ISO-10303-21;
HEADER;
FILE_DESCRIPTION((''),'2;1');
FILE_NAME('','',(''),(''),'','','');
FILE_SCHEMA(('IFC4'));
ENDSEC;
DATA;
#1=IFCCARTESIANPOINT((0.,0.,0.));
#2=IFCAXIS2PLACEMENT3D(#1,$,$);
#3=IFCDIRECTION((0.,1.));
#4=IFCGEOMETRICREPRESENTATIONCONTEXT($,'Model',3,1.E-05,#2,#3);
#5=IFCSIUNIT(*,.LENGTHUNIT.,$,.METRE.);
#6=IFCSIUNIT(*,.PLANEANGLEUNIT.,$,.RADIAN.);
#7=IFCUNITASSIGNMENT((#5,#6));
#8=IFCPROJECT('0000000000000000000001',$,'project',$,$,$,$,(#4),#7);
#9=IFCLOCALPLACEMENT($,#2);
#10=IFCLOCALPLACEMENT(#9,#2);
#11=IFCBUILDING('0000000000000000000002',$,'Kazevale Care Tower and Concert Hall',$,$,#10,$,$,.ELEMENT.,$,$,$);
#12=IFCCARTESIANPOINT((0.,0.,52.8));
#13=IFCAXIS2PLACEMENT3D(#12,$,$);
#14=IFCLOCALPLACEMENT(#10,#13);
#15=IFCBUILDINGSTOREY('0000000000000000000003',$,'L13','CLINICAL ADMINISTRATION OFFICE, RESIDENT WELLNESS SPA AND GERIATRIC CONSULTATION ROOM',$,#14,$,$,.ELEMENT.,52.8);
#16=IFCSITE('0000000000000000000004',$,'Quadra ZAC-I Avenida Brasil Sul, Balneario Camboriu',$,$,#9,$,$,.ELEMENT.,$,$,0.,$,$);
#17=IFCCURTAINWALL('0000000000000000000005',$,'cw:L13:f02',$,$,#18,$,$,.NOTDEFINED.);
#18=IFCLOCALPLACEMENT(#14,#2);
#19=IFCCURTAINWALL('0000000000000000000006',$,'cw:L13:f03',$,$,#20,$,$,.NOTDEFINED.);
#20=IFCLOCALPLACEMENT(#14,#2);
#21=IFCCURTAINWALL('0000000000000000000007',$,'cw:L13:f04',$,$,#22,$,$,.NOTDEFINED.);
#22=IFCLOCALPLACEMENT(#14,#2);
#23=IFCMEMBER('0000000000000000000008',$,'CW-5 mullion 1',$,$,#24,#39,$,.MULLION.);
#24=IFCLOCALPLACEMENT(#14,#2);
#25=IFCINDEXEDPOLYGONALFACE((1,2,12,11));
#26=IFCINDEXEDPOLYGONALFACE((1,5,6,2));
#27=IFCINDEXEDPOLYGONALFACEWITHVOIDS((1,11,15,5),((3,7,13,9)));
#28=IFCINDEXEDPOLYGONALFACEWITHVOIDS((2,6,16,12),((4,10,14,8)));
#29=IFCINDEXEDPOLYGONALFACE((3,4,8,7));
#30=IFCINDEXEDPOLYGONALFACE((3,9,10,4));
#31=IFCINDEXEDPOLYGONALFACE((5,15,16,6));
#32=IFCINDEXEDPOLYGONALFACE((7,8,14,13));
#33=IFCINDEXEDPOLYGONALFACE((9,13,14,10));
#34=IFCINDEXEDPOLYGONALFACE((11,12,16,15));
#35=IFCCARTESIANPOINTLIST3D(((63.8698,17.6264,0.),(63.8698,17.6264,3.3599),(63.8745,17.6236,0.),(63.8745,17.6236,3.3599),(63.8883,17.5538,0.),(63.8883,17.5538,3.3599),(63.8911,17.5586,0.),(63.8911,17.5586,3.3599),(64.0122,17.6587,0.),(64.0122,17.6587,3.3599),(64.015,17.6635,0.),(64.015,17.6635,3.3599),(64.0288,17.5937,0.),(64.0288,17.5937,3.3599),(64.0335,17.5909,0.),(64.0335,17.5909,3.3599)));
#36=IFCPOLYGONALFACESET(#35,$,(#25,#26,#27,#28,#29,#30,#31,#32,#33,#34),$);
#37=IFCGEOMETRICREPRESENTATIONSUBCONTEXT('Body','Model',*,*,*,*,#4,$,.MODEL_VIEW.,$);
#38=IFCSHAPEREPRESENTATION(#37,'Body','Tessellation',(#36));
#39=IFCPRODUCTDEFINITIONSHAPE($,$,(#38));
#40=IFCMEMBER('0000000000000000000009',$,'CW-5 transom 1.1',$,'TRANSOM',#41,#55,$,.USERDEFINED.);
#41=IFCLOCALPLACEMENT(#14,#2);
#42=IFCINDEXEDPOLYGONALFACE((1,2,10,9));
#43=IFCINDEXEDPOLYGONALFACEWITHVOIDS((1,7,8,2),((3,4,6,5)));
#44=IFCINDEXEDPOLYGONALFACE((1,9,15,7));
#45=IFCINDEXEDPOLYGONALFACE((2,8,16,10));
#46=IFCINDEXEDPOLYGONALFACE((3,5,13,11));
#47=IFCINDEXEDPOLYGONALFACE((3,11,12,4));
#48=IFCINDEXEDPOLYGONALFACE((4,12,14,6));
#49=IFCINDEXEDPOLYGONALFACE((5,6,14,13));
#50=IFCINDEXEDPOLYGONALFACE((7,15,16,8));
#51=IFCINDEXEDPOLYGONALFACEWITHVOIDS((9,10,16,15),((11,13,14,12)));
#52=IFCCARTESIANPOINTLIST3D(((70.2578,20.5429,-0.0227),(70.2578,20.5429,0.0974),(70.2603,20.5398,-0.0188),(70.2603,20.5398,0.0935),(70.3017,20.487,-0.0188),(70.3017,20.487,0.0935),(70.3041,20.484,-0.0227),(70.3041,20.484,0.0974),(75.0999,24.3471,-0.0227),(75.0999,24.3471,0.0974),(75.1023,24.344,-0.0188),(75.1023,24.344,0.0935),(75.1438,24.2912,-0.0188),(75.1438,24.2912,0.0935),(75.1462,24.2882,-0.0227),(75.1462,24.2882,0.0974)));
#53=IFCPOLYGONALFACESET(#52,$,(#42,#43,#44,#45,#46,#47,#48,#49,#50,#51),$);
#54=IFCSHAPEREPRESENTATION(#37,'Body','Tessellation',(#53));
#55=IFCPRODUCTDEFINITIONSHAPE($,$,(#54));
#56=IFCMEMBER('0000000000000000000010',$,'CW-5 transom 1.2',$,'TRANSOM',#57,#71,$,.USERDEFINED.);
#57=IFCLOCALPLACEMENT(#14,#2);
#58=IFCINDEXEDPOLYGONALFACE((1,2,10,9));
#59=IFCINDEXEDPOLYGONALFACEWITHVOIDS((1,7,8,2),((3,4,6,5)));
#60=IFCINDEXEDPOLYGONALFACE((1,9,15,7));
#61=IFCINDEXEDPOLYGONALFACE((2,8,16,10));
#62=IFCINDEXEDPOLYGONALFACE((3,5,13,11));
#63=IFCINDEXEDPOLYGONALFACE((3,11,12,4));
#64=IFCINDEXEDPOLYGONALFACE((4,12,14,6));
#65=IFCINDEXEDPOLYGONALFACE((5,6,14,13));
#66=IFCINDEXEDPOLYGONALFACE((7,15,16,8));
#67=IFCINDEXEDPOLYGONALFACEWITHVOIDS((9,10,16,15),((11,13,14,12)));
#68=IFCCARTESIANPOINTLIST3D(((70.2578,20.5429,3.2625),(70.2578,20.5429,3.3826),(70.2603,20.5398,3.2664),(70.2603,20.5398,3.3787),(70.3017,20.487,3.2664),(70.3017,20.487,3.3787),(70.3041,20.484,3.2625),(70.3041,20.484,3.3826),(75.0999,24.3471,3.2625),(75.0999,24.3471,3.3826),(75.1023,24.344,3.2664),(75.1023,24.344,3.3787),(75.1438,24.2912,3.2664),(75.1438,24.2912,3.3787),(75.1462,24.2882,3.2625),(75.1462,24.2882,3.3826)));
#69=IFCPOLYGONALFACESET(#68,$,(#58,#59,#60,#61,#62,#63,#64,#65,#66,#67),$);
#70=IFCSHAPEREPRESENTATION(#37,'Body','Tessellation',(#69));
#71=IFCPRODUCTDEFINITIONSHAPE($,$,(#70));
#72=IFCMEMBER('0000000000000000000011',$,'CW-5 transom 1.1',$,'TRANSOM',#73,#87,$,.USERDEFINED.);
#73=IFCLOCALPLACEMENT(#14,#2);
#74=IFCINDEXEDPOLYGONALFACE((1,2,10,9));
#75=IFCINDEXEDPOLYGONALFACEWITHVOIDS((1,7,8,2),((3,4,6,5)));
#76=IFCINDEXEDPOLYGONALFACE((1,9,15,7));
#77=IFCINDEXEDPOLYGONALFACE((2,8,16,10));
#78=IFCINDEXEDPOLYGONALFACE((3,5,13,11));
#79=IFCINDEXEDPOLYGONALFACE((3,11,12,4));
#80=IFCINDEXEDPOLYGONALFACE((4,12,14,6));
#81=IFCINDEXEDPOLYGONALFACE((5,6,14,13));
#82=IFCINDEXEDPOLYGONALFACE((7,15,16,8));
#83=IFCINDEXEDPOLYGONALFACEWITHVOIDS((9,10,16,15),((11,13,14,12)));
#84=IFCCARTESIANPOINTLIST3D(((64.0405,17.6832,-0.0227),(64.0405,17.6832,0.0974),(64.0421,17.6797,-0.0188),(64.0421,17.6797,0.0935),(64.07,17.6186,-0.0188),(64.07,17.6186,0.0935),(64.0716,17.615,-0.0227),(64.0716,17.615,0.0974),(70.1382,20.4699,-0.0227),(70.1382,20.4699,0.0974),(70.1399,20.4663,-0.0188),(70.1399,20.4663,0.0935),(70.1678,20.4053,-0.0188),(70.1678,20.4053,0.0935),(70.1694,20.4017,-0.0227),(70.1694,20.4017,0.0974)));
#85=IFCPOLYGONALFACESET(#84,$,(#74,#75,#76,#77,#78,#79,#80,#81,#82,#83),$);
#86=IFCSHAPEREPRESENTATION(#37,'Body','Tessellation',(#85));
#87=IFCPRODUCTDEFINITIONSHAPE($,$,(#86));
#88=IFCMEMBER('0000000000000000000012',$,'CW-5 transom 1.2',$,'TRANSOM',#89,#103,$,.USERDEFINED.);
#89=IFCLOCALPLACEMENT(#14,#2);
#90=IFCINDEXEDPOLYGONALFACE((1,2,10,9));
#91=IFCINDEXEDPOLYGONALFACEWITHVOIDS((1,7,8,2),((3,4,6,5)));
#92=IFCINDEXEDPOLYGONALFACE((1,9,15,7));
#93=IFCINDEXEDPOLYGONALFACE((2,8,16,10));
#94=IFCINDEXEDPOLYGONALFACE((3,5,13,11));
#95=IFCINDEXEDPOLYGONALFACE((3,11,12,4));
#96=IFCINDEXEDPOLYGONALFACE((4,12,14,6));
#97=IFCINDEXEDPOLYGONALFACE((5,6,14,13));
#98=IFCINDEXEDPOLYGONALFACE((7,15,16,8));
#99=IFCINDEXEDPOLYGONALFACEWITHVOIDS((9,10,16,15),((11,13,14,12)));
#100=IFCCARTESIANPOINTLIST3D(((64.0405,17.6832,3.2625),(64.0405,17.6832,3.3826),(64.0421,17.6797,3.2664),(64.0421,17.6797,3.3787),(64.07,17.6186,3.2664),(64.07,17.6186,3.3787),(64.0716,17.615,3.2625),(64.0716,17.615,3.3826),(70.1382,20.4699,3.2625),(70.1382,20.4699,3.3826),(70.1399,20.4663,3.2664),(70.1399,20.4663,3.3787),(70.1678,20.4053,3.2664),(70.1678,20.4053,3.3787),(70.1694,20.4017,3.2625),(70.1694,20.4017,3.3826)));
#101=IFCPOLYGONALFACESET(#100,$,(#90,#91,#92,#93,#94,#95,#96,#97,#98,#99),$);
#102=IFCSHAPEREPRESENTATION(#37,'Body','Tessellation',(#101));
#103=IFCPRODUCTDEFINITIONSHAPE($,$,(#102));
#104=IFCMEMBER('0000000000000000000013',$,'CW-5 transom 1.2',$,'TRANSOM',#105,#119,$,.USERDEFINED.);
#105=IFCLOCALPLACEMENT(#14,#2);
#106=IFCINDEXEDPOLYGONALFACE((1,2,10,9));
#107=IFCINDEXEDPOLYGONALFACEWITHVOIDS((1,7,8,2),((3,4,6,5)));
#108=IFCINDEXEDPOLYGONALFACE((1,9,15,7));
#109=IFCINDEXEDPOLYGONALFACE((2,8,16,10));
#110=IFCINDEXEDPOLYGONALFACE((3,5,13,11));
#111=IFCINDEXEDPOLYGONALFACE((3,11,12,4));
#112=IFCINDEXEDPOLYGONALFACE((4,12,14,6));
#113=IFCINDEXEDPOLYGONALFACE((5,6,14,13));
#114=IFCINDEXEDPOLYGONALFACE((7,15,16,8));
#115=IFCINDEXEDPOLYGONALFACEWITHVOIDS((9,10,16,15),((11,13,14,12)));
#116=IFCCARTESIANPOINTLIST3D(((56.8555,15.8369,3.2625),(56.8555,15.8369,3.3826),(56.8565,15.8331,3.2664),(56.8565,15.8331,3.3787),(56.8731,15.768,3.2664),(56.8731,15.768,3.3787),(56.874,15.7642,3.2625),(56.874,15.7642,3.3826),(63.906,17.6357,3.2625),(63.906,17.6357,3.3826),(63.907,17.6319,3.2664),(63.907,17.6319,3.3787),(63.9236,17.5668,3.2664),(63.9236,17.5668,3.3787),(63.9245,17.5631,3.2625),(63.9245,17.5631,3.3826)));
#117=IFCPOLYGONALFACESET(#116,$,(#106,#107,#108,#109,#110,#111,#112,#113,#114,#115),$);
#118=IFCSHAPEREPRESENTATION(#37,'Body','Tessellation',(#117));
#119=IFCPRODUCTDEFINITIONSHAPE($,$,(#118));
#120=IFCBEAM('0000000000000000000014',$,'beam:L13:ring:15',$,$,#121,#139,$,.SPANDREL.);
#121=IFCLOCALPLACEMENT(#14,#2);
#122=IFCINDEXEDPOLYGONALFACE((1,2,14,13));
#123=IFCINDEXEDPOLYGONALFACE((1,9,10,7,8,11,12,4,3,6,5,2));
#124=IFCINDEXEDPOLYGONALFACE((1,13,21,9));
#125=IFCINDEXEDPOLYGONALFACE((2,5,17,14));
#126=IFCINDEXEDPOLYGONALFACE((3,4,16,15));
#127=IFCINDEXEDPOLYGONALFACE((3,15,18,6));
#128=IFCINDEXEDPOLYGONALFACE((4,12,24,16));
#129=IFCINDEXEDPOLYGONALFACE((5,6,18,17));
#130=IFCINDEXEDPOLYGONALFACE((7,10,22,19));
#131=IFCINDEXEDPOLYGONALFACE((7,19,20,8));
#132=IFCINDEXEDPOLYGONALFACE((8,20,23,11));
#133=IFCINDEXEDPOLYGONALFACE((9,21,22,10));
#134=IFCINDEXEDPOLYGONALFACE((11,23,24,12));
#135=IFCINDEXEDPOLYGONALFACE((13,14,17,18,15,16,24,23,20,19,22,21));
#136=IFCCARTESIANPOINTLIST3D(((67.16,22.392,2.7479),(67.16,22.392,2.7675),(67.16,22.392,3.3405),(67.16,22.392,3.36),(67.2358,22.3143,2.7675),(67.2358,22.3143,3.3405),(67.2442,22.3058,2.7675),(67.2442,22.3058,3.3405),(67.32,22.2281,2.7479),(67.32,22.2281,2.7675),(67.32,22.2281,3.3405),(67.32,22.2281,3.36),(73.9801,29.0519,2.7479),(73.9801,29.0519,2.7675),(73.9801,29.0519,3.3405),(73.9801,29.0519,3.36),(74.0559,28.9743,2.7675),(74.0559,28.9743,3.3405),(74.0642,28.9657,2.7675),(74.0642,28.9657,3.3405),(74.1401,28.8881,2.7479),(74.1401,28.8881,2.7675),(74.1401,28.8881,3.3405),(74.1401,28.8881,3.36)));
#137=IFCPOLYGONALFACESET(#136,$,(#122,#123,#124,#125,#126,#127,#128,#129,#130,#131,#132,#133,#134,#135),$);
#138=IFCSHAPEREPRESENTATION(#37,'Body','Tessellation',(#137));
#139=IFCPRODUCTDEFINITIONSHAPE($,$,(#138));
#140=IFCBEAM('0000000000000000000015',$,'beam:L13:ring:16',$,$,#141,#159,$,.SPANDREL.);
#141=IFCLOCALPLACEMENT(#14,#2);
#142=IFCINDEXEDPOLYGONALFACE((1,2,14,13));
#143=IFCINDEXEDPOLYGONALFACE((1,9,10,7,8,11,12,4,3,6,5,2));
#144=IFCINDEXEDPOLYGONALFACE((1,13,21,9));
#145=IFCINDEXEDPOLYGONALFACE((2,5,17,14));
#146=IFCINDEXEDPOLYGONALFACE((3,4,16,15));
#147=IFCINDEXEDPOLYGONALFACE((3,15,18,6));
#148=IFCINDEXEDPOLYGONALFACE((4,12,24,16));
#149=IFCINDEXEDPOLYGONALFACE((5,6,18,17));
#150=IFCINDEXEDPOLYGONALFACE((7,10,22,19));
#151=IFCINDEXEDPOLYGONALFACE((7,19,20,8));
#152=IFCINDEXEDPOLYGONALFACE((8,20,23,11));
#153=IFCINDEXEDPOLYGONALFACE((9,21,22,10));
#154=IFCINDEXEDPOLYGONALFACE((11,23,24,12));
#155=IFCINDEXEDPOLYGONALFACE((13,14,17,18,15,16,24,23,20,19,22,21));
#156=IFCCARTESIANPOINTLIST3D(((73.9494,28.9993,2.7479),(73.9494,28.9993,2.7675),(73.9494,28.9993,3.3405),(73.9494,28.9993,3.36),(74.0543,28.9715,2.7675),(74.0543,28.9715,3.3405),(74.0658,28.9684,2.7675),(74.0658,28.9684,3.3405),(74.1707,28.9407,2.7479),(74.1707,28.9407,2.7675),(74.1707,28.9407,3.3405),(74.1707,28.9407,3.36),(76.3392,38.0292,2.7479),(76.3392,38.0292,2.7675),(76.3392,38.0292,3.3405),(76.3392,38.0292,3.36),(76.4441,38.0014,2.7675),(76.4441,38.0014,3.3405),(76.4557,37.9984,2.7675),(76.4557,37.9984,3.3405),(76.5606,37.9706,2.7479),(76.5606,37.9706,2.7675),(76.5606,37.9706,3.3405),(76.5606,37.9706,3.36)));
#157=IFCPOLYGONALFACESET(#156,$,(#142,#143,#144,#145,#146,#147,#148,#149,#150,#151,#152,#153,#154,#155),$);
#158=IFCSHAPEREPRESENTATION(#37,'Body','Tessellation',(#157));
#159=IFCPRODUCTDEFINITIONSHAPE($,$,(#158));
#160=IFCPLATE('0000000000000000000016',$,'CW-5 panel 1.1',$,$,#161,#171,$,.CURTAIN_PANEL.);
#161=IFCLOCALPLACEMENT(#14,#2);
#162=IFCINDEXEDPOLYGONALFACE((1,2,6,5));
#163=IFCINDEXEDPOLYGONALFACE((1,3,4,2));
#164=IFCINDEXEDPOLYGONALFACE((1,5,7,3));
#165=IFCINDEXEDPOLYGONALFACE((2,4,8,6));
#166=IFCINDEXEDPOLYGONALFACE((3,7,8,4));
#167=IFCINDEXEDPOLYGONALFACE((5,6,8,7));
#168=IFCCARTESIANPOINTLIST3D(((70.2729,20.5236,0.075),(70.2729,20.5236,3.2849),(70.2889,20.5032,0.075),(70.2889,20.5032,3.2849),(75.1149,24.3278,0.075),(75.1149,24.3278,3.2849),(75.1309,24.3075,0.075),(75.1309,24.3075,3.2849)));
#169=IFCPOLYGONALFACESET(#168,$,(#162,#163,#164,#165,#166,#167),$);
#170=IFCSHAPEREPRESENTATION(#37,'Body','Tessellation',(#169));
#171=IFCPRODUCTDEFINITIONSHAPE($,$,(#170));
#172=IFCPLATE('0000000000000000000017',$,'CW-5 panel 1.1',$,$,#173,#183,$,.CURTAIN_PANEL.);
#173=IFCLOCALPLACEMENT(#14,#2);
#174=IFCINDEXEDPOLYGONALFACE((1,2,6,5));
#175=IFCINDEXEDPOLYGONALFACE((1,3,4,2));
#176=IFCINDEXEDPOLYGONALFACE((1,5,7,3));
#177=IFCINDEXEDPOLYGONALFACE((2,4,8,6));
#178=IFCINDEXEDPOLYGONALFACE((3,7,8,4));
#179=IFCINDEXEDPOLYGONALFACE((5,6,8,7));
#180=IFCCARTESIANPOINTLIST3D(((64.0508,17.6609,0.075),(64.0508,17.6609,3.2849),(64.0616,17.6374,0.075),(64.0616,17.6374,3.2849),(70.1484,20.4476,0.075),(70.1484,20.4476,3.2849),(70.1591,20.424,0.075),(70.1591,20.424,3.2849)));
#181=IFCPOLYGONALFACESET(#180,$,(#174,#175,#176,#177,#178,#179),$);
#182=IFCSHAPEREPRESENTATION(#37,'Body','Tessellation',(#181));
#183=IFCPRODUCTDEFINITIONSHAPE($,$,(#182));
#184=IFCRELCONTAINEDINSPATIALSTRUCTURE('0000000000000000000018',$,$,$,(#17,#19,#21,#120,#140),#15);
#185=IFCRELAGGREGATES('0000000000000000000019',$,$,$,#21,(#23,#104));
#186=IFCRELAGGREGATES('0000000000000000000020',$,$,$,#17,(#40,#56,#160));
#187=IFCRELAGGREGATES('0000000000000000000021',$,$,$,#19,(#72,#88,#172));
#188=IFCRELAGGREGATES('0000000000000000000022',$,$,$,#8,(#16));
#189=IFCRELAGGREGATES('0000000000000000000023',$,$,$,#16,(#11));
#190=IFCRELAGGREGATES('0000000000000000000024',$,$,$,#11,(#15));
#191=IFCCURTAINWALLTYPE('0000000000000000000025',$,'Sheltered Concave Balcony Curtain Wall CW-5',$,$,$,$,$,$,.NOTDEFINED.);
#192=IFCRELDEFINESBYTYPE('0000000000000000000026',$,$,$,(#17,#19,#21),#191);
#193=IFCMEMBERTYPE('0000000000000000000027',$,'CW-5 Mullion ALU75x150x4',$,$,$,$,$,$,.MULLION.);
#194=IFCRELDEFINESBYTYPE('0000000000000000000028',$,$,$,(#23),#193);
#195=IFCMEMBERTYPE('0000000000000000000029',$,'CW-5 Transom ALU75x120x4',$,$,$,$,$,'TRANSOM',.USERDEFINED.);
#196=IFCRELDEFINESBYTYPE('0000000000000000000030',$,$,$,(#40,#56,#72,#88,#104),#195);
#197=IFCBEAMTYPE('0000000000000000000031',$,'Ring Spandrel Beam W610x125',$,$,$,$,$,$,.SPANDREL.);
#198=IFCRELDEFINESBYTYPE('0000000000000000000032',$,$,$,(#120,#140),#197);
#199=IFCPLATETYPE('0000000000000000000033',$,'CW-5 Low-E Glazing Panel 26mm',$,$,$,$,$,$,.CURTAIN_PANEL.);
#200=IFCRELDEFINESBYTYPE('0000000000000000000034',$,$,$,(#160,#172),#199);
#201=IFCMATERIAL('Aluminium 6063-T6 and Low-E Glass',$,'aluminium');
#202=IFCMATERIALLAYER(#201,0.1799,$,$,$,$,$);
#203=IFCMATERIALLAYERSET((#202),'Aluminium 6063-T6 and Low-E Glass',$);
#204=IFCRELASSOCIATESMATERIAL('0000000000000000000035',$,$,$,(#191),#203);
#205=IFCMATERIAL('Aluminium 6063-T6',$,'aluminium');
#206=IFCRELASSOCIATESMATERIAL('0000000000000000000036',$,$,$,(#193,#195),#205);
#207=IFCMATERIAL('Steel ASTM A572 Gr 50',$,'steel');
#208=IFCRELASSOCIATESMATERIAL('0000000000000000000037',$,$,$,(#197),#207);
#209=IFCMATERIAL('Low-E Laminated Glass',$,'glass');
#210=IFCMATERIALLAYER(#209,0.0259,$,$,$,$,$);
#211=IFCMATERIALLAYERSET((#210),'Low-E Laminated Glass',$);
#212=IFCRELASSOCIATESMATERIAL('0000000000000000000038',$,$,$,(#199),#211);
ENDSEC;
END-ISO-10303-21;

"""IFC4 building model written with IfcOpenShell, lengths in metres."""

from ifc_helpers import new_model, si_unit, direction, frame, origin, origin_2d, place, context, subcontext, project, spatial, rectangle, hollow_rectangle, i_section, extrude, material, layer, layer_set, material_profile, profile_set, type_object, element, aggregate, save


model = new_model("IFC4")

# Units and contexts
model_context = context("Model", 3, precision=1e-05, world=origin(), true_north=direction((0.0, 1.0)))
body_context = subcontext(model_context, "Body", "Model", "MODEL_VIEW")
ifc_project = project(units=[si_unit("LENGTHUNIT", "METRE"), si_unit("PLANEANGLEUNIT", "RADIAN")], contexts=[model_context])

# Site, building, storey
site_placement = place(None, origin())
site = spatial("IfcSite", under=ifc_project, at=site_placement, Name="Quadra ZAC-I Avenida Brasil Sul, Balneario Camboriu", CompositionType="ELEMENT", RefElevation=0.0)
building_placement = place(site_placement, origin())
building = spatial("IfcBuilding", under=site, at=building_placement, Name="Kazevale Care Tower and Concert Hall", CompositionType="ELEMENT")
storey_placement = place(building_placement, frame((0.0, 0.0, 52.8)))
storey = spatial("IfcBuildingStorey", under=building, at=storey_placement, Name="L13", Description="CLINICAL ADMINISTRATION OFFICE, RESIDENT WELLNESS SPA AND GERIATRIC CONSULTATION ROOM", CompositionType="ELEMENT", Elevation=52.8)

# Shared definitions
ifc_material_1 = material(Name="Aluminium 6063-T6 and Low-E Glass", Category="aluminium")
ifc_material_2 = material(Name="Aluminium 6063-T6", Category="aluminium")

# Curtain walls
ifc_layer_1 = layer(ifc_material_1, 0.1799)
ifc_layer_set_1 = layer_set([ifc_layer_1], Name="Aluminium 6063-T6 and Low-E Glass")
curtain_wall_type_1 = type_object("IfcCurtainWallType", Name="Sheltered Concave Balcony Curtain Wall CW-5", PredefinedType="NOTDEFINED", material=ifc_layer_set_1)
curtain_wall_1_placement = place(storey_placement, origin())
curtain_wall_1 = element("IfcCurtainWall", 1, at=curtain_wall_1_placement, inside=storey, type_object=curtain_wall_type_1, Name="cw:L13:f02", PredefinedType="NOTDEFINED")
ifc_material_profile_1 = material_profile(ifc_material_2, hollow_rectangle(XDim=0.075, YDim=0.1499, WallThickness=0.0039, at=origin_2d()), Name="ALU75x150x4")
ifc_profile_set_1 = profile_set([ifc_material_profile_1], Name="Aluminium 6063-T6")
member_type_1 = type_object("IfcMemberType", Name="CW-5 Mullion ALU75x150x4", PredefinedType="MULLION", material=ifc_profile_set_1)
curtain_wall_2_placement = place(storey_placement, origin())
curtain_wall_2 = element("IfcCurtainWall", 2, at=curtain_wall_2_placement, inside=storey, type_object=curtain_wall_type_1, Name="cw:L13:f03", PredefinedType="NOTDEFINED")

# Curtain wall, member
curtain_wall_3_placement = place(storey_placement, origin())
curtain_wall_3 = element("IfcCurtainWall", 3, at=curtain_wall_3_placement, inside=storey, type_object=curtain_wall_type_1, Name="cw:L13:f04", PredefinedType="NOTDEFINED")
member_1_placement = place(storey_placement, frame((63.9517, 17.6086, 0.0), z_axis=(0.0, 0.0, 1.0), x_axis=(0.247222, -0.968959, 0.0)))
member_1 = element("IfcMember", 4, at=member_1_placement, type_object=member_type_1, Name="CW-5 mullion 1", PredefinedType="MULLION", context=body_context, shape_type="SweptSolid", body=[
    extrude(hollow_rectangle(XDim=0.075, YDim=0.1499, WallThickness=0.0039, at=origin_2d()), origin(), (0.0, 0.0, 1.0), 3.3599),
])

# Members
ifc_material_profile_2 = material_profile(ifc_material_2, hollow_rectangle(XDim=0.075, YDim=0.1201, WallThickness=0.0039, at=origin_2d()), Name="ALU75x120x4")
ifc_profile_set_2 = profile_set([ifc_material_profile_2], Name="Aluminium 6063-T6")
member_type_2 = type_object("IfcMemberType", Name="CW-5 Transom ALU75x120x4", ElementType="TRANSOM", PredefinedType="USERDEFINED", material=ifc_profile_set_2)
member_2_placement = place(storey_placement, frame((75.123, 24.3176, 0.0374), z_axis=(-0.786339, -0.617795, 0.0), x_axis=(0.617795, -0.786339, 0.0)))
member_2 = element("IfcMember", 5, at=member_2_placement, type_object=member_type_2, Name="CW-5 transom 1.1", ObjectType="TRANSOM", PredefinedType="USERDEFINED", context=body_context, shape_type="SweptSolid", body=[
    extrude(hollow_rectangle(XDim=0.075, YDim=0.1201, WallThickness=0.0039, at=origin_2d()), origin(), (0.0, 0.0, 1.0), 6.1577),
])
member_3_placement = place(storey_placement, frame((75.123, 24.3176, 3.3225), z_axis=(-0.786339, -0.617795, 0.0), x_axis=(0.617795, -0.786339, 0.0)))
member_3 = element("IfcMember", 6, at=member_3_placement, type_object=member_type_2, Name="CW-5 transom 1.2", ObjectType="TRANSOM", PredefinedType="USERDEFINED", context=body_context, shape_type="SweptSolid", body=[
    extrude(hollow_rectangle(XDim=0.075, YDim=0.1201, WallThickness=0.0039, at=origin_2d()), origin(), (0.0, 0.0, 1.0), 6.1577),
])
member_4_placement = place(storey_placement, frame((70.1538, 20.4358, 0.0374), z_axis=(-0.909524, -0.415651, 0.0), x_axis=(0.415651, -0.909524, 0.0)))
member_4 = element("IfcMember", 7, at=member_4_placement, type_object=member_type_2, Name="CW-5 transom 1.1", ObjectType="TRANSOM", PredefinedType="USERDEFINED", context=body_context, shape_type="SweptSolid", body=[
    extrude(hollow_rectangle(XDim=0.075, YDim=0.1201, WallThickness=0.0039, at=origin_2d()), origin(), (0.0, 0.0, 1.0), 6.7043),
])
member_5_placement = place(storey_placement, frame((70.1538, 20.4358, 3.3225), z_axis=(-0.909524, -0.415651, 0.0), x_axis=(0.415651, -0.909524, 0.0)))
member_5 = element("IfcMember", 8, at=member_5_placement, type_object=member_type_2, Name="CW-5 transom 1.2", ObjectType="TRANSOM", PredefinedType="USERDEFINED", context=body_context, shape_type="SweptSolid", body=[
    extrude(hollow_rectangle(XDim=0.075, YDim=0.1201, WallThickness=0.0039, at=origin_2d()), origin(), (0.0, 0.0, 1.0), 6.7043),
])
member_6_placement = place(storey_placement, frame((63.9153, 17.5994, 3.3225), z_axis=(-0.968961, -0.247214, 0.0), x_axis=(0.247214, -0.968961, 0.0)))
member_6 = element("IfcMember", 9, at=member_6_placement, type_object=member_type_2, Name="CW-5 transom 1.2", ObjectType="TRANSOM", PredefinedType="USERDEFINED", context=body_context, shape_type="SweptSolid", body=[
    extrude(hollow_rectangle(XDim=0.075, YDim=0.1201, WallThickness=0.0039, at=origin_2d()), origin(), (0.0, 0.0, 1.0), 7.2764),
])
aggregate(curtain_wall_3, [member_1, member_6])

# Beams
ifc_material_3 = material(Name="Steel ASTM A572 Gr 50", Category="steel")
ifc_material_profile_3 = material_profile(ifc_material_3, i_section(OverallWidth=0.229, OverallDepth=0.6121, WebThickness=0.012, FlangeThickness=0.0195, at=origin_2d()), Name="W610x125")
ifc_profile_set_3 = profile_set([ifc_material_profile_3], Name="Steel ASTM A572 Gr 50")
beam_type = type_object("IfcBeamType", Name="Ring Spandrel Beam W610x125", PredefinedType="SPANDREL", material=ifc_profile_set_3)
beam_1_placement = place(storey_placement, frame((67.24, 22.3101, 3.054), z_axis=(0.715457, 0.698656, 0.0), x_axis=(-0.698656, 0.715457, 0.0)))
element("IfcBeam", 10, at=beam_1_placement, inside=storey, type_object=beam_type, Name="beam:L13:ring:15", PredefinedType="SPANDREL", context=body_context, shape_type="SweptSolid", body=[
    extrude(i_section(OverallWidth=0.229, OverallDepth=0.6121, WebThickness=0.012, FlangeThickness=0.0195, at=origin_2d()), origin(), (0.0, 0.0, 1.0), 9.5325),
])
beam_2_placement = place(storey_placement, frame((74.0601, 28.97, 3.054), z_axis=(0.255852, 0.966716, 0.0), x_axis=(-0.966716, 0.255852, 0.0)))
element("IfcBeam", 11, at=beam_2_placement, inside=storey, type_object=beam_type, Name="beam:L13:ring:16", PredefinedType="SPANDREL", context=body_context, shape_type="SweptSolid", body=[
    extrude(i_section(OverallWidth=0.229, OverallDepth=0.6121, WebThickness=0.012, FlangeThickness=0.0195, at=origin_2d()), origin(), (0.0, 0.0, 1.0), 9.3408),
])

# Plates
ifc_material_4 = material(Name="Low-E Laminated Glass", Category="glass")
ifc_layer_2 = layer(ifc_material_4, 0.0259)
ifc_layer_set_2 = layer_set([ifc_layer_2], Name="Low-E Laminated Glass")
plate_type = type_object("IfcPlateType", Name="CW-5 Low-E Glazing Panel 26mm", PredefinedType="CURTAIN_PANEL", material=ifc_layer_set_2)
plate_1_placement = place(storey_placement, frame((72.7019, 22.4155, 0.075), z_axis=(0.0, 0.0, 1.0), x_axis=(-0.786329, -0.617808, 0.0)))
plate_1 = element("IfcPlate", 12, at=plate_1_placement, type_object=plate_type, Name="CW-5 panel 1.1", PredefinedType="CURTAIN_PANEL", context=body_context, shape_type="SweptSolid", body=[
    extrude(rectangle(XDim=6.1577, YDim=0.0259, at=origin_2d()), origin(), (0.0, 0.0, 1.0), 3.21),
])
aggregate(curtain_wall_1, [member_2, member_3, plate_1])
plate_2_placement = place(storey_placement, frame((67.105, 19.0425, 0.075), z_axis=(0.0, 0.0, 1.0), x_axis=(-0.90952, -0.41566, 0.0)))
plate_2 = element("IfcPlate", 13, at=plate_2_placement, type_object=plate_type, Name="CW-5 panel 1.1", PredefinedType="CURTAIN_PANEL", context=body_context, shape_type="SweptSolid", body=[
    extrude(rectangle(XDim=6.7041, YDim=0.0259, at=origin_2d()), origin(), (0.0, 0.0, 1.0), 3.21),
])
aggregate(curtain_wall_2, [member_4, member_5, plate_2])

save(model, "model.ifc")
